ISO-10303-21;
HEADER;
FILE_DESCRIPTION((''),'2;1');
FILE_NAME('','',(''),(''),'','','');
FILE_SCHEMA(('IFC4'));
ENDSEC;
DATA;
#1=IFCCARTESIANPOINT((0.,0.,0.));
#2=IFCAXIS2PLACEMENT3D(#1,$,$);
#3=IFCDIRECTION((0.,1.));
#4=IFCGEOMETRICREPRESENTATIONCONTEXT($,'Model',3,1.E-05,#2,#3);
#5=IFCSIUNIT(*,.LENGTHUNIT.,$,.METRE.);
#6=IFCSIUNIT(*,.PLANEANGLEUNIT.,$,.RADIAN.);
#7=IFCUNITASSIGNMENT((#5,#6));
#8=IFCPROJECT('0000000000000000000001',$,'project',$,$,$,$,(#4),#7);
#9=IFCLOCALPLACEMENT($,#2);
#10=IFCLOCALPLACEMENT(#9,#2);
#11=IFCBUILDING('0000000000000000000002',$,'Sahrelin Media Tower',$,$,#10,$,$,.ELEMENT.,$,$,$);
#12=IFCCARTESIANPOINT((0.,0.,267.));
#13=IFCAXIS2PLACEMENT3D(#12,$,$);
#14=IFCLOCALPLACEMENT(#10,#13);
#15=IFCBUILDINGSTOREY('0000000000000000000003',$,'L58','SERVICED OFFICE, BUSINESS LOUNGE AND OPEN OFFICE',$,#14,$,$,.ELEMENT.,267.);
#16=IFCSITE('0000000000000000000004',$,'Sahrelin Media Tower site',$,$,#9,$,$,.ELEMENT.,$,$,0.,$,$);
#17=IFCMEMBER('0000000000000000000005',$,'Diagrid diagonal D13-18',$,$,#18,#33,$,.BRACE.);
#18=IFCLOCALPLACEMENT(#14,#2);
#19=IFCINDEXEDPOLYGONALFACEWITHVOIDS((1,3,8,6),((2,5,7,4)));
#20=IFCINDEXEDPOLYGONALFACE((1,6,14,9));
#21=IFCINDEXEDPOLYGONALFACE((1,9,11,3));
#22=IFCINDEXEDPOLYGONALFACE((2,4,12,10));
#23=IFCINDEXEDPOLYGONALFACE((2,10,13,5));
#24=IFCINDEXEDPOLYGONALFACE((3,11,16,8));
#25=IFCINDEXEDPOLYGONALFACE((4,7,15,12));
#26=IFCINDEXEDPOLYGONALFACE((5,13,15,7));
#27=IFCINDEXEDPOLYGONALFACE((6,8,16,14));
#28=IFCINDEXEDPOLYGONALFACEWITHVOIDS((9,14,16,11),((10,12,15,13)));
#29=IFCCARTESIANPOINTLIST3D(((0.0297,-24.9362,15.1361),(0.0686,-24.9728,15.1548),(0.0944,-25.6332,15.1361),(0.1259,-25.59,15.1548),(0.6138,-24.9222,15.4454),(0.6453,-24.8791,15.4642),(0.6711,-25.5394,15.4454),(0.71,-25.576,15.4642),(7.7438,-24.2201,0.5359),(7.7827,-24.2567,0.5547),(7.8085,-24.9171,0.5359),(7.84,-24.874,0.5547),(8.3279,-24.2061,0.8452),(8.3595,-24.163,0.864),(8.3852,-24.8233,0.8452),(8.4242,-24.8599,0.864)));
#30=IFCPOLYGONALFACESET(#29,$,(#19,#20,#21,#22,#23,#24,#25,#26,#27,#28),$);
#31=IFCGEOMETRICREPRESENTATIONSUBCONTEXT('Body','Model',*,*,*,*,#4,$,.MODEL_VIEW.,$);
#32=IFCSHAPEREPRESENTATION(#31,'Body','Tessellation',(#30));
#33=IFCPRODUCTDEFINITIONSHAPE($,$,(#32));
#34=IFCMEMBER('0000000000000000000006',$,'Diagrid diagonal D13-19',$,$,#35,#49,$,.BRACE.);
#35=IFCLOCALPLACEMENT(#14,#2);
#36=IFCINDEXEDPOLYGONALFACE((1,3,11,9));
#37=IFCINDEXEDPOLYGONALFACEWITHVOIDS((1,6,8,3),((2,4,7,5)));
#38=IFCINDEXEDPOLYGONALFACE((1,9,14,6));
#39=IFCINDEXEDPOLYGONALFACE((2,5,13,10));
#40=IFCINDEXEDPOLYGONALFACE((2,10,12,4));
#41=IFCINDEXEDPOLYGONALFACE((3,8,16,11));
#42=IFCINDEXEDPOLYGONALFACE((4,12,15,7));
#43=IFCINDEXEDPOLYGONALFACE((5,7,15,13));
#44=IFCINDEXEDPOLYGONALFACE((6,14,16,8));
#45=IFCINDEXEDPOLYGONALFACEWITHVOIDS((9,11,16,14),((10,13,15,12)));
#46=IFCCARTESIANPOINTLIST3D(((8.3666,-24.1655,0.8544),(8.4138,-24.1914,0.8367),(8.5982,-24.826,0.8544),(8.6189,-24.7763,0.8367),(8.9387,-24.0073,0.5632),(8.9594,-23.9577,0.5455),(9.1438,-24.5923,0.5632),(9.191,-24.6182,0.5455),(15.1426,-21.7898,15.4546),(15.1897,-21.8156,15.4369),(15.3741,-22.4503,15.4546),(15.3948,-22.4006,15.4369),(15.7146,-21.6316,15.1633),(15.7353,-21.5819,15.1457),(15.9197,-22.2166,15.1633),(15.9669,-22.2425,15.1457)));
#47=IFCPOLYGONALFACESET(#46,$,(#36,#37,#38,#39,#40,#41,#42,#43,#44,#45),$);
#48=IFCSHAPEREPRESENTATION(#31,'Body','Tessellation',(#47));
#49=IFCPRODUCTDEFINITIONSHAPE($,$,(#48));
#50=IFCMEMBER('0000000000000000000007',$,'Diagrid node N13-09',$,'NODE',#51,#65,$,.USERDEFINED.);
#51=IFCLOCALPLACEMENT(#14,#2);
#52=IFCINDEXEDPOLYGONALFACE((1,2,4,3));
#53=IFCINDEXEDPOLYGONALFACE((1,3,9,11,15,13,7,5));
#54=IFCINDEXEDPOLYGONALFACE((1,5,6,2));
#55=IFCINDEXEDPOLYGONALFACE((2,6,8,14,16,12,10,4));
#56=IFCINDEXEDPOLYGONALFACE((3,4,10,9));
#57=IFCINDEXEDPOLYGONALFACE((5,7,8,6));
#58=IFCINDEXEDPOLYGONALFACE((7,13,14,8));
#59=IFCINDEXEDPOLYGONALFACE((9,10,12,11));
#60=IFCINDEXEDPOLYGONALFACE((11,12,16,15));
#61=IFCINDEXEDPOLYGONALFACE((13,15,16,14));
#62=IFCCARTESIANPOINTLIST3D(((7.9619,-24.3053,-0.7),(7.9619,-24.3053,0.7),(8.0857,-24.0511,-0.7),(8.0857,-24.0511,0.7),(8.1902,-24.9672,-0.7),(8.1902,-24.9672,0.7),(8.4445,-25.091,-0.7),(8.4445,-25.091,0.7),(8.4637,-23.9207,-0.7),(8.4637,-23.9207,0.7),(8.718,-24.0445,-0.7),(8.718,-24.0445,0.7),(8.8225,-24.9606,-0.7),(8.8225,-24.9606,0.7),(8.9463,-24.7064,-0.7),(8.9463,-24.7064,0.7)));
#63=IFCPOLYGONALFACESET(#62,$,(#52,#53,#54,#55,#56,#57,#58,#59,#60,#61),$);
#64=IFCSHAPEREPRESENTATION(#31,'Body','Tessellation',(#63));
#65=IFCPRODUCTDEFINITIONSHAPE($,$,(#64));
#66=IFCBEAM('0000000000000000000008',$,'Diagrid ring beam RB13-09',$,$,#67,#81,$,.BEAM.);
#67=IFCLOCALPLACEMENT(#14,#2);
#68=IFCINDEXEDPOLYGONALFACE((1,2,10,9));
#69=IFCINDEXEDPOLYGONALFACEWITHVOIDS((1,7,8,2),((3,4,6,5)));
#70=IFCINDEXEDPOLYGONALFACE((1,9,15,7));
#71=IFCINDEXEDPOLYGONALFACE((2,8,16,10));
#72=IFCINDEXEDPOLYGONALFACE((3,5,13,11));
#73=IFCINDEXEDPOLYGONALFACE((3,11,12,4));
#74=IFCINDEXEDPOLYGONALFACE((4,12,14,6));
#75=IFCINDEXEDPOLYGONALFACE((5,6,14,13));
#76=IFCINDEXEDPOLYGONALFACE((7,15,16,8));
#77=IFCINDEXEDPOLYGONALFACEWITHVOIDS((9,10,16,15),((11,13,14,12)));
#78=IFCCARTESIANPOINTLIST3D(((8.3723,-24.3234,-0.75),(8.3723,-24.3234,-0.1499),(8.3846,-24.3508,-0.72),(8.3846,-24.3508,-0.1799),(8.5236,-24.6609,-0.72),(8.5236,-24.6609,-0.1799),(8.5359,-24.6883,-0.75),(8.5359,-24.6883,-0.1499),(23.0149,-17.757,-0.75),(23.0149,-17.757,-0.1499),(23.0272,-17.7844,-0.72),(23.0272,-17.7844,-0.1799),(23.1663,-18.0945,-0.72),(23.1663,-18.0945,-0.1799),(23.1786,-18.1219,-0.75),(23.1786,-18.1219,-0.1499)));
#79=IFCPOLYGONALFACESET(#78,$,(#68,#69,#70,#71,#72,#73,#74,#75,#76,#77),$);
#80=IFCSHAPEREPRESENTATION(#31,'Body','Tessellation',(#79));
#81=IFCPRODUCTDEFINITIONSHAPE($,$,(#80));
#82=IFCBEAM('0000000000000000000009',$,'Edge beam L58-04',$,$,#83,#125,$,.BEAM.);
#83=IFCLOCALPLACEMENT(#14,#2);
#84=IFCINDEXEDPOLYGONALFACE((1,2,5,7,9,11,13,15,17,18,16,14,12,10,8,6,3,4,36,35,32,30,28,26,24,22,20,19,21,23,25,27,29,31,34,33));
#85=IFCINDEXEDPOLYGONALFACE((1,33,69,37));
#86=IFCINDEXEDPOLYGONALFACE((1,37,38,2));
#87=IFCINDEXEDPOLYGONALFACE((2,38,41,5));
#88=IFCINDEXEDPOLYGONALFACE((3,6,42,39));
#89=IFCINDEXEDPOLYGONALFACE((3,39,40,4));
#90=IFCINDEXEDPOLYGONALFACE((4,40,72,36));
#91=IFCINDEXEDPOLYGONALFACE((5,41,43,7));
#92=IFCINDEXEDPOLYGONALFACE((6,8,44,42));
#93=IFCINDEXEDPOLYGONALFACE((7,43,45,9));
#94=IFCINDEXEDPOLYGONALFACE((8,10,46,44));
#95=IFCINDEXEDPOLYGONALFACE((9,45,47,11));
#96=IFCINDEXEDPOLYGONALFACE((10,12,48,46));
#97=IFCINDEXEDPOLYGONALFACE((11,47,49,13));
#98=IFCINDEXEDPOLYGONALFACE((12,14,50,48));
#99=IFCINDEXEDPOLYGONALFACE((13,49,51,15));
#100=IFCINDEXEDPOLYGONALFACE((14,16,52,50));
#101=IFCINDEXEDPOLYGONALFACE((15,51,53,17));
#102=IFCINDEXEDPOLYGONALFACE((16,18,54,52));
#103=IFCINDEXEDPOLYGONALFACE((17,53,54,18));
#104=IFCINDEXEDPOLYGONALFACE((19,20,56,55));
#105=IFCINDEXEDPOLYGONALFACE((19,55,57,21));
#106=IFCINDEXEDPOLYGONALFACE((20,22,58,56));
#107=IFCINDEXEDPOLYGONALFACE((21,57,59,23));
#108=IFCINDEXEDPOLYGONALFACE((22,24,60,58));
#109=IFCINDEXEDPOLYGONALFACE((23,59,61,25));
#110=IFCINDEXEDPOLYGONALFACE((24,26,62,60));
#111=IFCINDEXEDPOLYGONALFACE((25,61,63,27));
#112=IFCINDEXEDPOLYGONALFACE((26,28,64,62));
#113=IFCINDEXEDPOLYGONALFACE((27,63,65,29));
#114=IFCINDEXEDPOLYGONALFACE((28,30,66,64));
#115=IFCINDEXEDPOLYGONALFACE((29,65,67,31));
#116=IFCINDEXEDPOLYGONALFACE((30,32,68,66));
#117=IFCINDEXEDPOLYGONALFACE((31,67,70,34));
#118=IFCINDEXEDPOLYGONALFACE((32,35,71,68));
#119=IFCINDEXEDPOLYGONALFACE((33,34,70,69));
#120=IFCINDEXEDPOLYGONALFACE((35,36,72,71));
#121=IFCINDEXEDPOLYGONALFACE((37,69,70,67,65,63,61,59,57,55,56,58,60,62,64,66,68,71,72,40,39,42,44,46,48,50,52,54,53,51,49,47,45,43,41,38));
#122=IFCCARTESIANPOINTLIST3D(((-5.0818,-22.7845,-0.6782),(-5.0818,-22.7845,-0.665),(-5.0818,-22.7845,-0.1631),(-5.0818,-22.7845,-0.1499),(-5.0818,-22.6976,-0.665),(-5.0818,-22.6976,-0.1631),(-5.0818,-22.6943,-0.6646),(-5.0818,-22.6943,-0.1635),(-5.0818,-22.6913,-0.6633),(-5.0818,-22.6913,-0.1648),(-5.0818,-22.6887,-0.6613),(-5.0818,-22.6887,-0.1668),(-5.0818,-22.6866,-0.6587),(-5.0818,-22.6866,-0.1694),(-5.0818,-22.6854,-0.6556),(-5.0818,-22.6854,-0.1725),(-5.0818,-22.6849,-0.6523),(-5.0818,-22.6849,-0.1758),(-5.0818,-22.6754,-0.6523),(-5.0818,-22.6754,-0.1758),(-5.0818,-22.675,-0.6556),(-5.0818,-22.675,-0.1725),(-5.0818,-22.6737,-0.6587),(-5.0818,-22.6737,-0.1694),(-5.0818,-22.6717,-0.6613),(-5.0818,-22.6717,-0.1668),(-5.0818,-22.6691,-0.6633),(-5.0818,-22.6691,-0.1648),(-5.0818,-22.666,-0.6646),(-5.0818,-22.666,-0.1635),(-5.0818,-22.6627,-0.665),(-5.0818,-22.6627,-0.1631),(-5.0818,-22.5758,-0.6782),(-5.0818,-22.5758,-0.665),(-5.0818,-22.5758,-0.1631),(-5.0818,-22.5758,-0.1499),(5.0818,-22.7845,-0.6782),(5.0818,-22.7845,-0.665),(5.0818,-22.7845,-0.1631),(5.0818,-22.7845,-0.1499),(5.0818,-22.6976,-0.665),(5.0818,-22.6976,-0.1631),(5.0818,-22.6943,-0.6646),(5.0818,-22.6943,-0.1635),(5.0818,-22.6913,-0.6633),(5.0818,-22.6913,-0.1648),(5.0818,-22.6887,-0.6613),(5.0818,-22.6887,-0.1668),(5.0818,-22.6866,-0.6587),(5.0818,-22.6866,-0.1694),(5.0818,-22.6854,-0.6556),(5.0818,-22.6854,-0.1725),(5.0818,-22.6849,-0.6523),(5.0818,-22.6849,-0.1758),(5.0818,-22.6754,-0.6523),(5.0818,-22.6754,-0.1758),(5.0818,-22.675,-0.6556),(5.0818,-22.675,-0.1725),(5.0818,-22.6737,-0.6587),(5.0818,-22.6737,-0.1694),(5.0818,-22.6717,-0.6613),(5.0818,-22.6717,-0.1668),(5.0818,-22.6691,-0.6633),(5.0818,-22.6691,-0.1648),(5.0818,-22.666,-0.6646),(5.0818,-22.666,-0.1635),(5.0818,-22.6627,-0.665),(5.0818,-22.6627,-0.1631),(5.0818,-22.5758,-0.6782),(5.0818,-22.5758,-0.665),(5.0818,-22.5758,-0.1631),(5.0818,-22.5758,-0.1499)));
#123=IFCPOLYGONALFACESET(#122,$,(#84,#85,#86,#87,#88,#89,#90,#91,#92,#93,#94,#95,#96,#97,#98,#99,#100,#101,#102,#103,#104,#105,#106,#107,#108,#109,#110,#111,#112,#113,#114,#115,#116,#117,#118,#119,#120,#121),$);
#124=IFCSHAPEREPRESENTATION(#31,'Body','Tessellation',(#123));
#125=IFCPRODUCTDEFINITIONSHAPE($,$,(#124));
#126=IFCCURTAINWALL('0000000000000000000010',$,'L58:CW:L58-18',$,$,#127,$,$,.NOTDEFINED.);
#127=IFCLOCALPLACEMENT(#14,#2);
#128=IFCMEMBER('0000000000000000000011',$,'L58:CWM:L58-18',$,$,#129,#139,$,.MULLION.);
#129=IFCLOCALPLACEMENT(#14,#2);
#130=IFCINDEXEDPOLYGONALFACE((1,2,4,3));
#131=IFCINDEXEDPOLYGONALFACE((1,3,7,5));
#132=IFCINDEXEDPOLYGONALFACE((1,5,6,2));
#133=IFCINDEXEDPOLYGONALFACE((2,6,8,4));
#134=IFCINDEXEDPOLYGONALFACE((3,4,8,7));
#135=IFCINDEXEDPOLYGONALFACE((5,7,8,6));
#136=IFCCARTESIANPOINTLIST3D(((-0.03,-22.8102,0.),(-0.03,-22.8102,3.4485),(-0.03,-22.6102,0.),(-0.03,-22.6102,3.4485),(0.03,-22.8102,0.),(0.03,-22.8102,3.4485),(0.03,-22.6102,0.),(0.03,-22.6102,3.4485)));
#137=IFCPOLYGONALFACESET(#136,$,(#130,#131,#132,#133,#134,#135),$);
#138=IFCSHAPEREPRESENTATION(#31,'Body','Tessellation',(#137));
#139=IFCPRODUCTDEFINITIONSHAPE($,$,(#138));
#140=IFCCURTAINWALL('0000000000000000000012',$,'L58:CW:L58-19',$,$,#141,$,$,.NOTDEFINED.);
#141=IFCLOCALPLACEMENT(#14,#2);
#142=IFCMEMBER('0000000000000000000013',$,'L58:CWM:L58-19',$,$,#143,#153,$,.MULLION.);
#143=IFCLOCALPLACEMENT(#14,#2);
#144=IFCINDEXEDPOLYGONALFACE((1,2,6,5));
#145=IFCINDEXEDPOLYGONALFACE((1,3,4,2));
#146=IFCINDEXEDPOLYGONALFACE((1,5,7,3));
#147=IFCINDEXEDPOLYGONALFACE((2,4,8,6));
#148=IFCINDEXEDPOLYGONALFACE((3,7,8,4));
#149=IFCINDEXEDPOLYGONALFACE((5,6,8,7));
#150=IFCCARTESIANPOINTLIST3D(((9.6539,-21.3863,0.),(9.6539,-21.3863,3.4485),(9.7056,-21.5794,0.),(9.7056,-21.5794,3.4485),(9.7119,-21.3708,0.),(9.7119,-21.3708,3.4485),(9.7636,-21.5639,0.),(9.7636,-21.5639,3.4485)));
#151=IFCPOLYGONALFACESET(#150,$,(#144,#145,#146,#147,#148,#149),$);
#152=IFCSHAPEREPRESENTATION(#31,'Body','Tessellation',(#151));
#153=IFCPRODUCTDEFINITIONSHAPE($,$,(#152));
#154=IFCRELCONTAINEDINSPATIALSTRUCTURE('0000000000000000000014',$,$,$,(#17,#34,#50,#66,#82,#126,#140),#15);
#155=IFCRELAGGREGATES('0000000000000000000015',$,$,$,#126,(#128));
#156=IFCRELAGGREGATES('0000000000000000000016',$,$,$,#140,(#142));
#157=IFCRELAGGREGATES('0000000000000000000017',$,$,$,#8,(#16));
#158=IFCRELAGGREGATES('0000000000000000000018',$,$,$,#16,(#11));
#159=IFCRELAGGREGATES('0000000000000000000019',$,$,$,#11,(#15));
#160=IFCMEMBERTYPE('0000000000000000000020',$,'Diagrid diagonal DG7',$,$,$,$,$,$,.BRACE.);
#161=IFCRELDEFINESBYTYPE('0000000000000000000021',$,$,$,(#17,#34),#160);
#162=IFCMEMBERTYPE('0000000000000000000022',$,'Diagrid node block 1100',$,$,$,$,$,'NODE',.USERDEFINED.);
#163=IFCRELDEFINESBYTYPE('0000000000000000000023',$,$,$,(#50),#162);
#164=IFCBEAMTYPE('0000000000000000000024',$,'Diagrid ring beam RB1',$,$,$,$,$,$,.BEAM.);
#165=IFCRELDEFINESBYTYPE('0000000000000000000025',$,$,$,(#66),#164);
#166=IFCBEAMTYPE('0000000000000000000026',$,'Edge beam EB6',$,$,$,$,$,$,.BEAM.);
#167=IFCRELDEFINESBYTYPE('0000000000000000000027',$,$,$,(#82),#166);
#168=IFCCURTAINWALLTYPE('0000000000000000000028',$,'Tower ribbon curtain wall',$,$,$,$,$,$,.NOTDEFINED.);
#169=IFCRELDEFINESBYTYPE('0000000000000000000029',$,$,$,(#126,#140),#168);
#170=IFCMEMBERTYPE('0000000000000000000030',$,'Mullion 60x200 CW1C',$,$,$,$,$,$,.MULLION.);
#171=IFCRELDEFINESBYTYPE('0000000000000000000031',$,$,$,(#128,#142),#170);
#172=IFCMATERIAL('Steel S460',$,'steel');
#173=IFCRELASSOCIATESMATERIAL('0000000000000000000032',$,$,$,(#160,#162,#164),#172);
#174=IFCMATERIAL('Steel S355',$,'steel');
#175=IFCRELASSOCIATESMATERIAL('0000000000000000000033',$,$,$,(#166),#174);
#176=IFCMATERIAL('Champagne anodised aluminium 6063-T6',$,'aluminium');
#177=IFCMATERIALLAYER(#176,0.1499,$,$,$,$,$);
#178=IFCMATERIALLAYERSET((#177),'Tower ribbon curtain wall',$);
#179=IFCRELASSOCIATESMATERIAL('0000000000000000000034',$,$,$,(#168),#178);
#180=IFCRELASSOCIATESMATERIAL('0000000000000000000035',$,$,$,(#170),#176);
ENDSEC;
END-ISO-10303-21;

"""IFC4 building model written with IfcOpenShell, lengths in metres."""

from ifc_helpers import new_model, si_unit, direction, frame, origin, origin_2d, place, context, subcontext, project, spatial, polyline, rectangle, hollow_rectangle, i_section, outline, extrude, material, layer, layer_set, material_profile, profile_set, type_object, element, aggregate, save


model = new_model("IFC4")

# Units and contexts
model_context = context("Model", 3, precision=1e-05, world=origin(), true_north=direction((0.0, 1.0)))
body_context = subcontext(model_context, "Body", "Model", "MODEL_VIEW")
ifc_project = project(units=[si_unit("LENGTHUNIT", "METRE"), si_unit("PLANEANGLEUNIT", "RADIAN")], contexts=[model_context])

# Site, building, storey
site_placement = place(None, origin())
site = spatial("IfcSite", under=ifc_project, at=site_placement, Name="Sahrelin Media Tower site", CompositionType="ELEMENT", RefElevation=0.0)
building_placement = place(site_placement, origin())
building = spatial("IfcBuilding", under=site, at=building_placement, Name="Sahrelin Media Tower", CompositionType="ELEMENT")
storey_placement = place(building_placement, frame((0.0, 0.0, 267.0)))
storey = spatial("IfcBuildingStorey", under=building, at=storey_placement, Name="L58", Description="SERVICED OFFICE, BUSINESS LOUNGE AND OPEN OFFICE", CompositionType="ELEMENT", Elevation=267.0)

# Members
ifc_material_1 = material(Name="Steel S460", Category="steel")
ifc_material_profile_1 = material_profile(ifc_material_1, hollow_rectangle(XDim=0.7, YDim=0.7, WallThickness=0.04, at=origin_2d()), Name="Diagrid diagonal DG7")
ifc_profile_set_1 = profile_set([ifc_material_profile_1], Name="Steel S460")
member_type_1 = type_object("IfcMemberType", Name="Diagrid diagonal DG7", PredefinedType="BRACE", material=ifc_profile_set_1)
member_1_placement = place(storey_placement, frame((8.084, -24.54, 0.7), z_axis=(-0.466723, -0.043324, 0.883342), x_axis=(0.092428, -0.995719, 0.0)))
element("IfcMember", 1, at=member_1_placement, inside=storey, type_object=member_type_1, Name="Diagrid diagonal D13-18", PredefinedType="BRACE", context=body_context, shape_type="SweptSolid", body=[
    extrude(hollow_rectangle(XDim=0.7, YDim=0.7, WallThickness=0.04, at=origin_2d()), origin(), (0.0, 0.0, 1.0), 16.5283),
])
member_2_placement = place(storey_placement, frame((8.7788, -24.3918, 0.7), z_axis=(0.416459, 0.146017, 0.897352), x_axis=(-0.330868, 0.943677, 0.0)))
element("IfcMember", 2, at=member_2_placement, inside=storey, type_object=member_type_1, Name="Diagrid diagonal D13-19", PredefinedType="BRACE", context=body_context, shape_type="SweptSolid", body=[
    extrude(hollow_rectangle(XDim=0.7, YDim=0.7, WallThickness=0.04, at=origin_2d()), origin(), (0.0, 0.0, 1.0), 16.2703),
])
ifc_material_profile_2 = material_profile(ifc_material_1, outline(polyline([(0.3501, -0.3999), (0.55, -0.2), (0.55, 0.2), (0.3501, 0.3999), (-0.3501, 0.3999), (-0.55, 0.2), (-0.55, -0.2), (-0.3501, -0.3999), (0.3501, -0.3999)])), Name="Diagrid node block 1100")
ifc_profile_set_2 = profile_set([ifc_material_profile_2], Name="Steel S460")
member_type_2 = type_object("IfcMemberType", Name="Diagrid node block 1100", ElementType="NODE", PredefinedType="USERDEFINED", material=ifc_profile_set_2)
member_3_placement = place(storey_placement, frame((8.4541, -24.5059, -0.7), z_axis=(0.0, 0.0, 1.0), x_axis=(0.326119, -0.945329, 0.0)))
element("IfcMember", 3, at=member_3_placement, inside=storey, type_object=member_type_2, Name="Diagrid node N13-09", ObjectType="NODE", PredefinedType="USERDEFINED", context=body_context, shape_type="SweptSolid", body=[
    extrude(outline(polyline([(0.3501, -0.3999), (0.55, -0.2), (0.55, 0.2), (0.3501, 0.3999), (-0.3501, 0.3999), (-0.55, 0.2), (-0.55, -0.2), (-0.3501, -0.3999), (0.3501, -0.3999)])), origin(), (0.0, 0.0, 1.0), 1.3999),
])

# Beams
ifc_material_profile_3 = material_profile(ifc_material_1, hollow_rectangle(XDim=0.3999, YDim=0.6001, WallThickness=0.03, at=origin_2d()), Name="Diagrid ring beam RB1")
ifc_profile_set_3 = profile_set([ifc_material_profile_3], Name="Steel S460")
beam_type_1 = type_object("IfcBeamType", Name="Diagrid ring beam RB1", PredefinedType="BEAM", material=ifc_profile_set_3)
beam_1_placement = place(storey_placement, frame((8.4541, -24.5059, -0.45), z_axis=(0.912451, 0.409185, 0.0), x_axis=(-0.409185, 0.912451, 0.0)))
element("IfcBeam", 4, at=beam_1_placement, inside=storey, type_object=beam_type_1, Name="Diagrid ring beam RB13-09", PredefinedType="BEAM", context=body_context, shape_type="SweptSolid", body=[
    extrude(hollow_rectangle(XDim=0.3999, YDim=0.6001, WallThickness=0.03, at=origin_2d()), origin(), (0.0, 0.0, 1.0), 16.0476),
])
ifc_material_2 = material(Name="Steel S355", Category="steel")
ifc_material_profile_4 = material_profile(ifc_material_2, i_section(OverallWidth=0.2087, OverallDepth=0.5283, WebThickness=0.0095, FlangeThickness=0.0132, FilletRadius=0.0127, at=origin_2d()), Name="UB 533x210x82")
ifc_profile_set_4 = profile_set([ifc_material_profile_4], Name="Steel S355")
beam_type_2 = type_object("IfcBeamType", Name="Edge beam EB6", PredefinedType="BEAM", material=ifc_profile_set_4)
beam_2_placement = place(storey_placement, frame((5.0818, -22.6802, -0.4141), z_axis=(-1.0, 0.0, 0.0), x_axis=(0.0, -1.0, 0.0)))
element("IfcBeam", 5, at=beam_2_placement, inside=storey, type_object=beam_type_2, Name="Edge beam L58-04", PredefinedType="BEAM", context=body_context, shape_type="SweptSolid", body=[
    extrude(i_section(OverallWidth=0.2087, OverallDepth=0.5283, WebThickness=0.0095, FlangeThickness=0.0132, FilletRadius=0.0127, at=origin_2d()), origin(), (0.0, 0.0, 1.0), 10.1636),
])

# Curtain walls, members
ifc_material_3 = material(Name="Champagne anodised aluminium 6063-T6", Category="aluminium")
ifc_layer_1 = layer(ifc_material_3, 0.1499)
ifc_layer_set_1 = layer_set([ifc_layer_1], Name="Tower ribbon curtain wall")
curtain_wall_type = type_object("IfcCurtainWallType", Name="Tower ribbon curtain wall", PredefinedType="NOTDEFINED", material=ifc_layer_set_1)
curtain_wall_1_placement = place(storey_placement, frame((0.0, -22.8301, 0.0), z_axis=(0.0, 0.0, 1.0), x_axis=(1.0, 0.0, 0.0)))
curtain_wall_1 = element("IfcCurtainWall", 6, at=curtain_wall_1_placement, inside=storey, type_object=curtain_wall_type, Name="L58:CW:L58-18", PredefinedType="NOTDEFINED")
ifc_material_profile_5 = material_profile(ifc_material_3, rectangle(XDim=0.0601, YDim=0.2, at=origin_2d()), Name="Mullion 60x200")
ifc_profile_set_5 = profile_set([ifc_material_profile_5], Name="Champagne anodised aluminium 6063-T6")
member_type_3 = type_object("IfcMemberType", Name="Mullion 60x200 CW1C", PredefinedType="MULLION", material=ifc_profile_set_5)
member_4_placement = place(storey_placement, frame((0.0, -22.7102, 0.0), z_axis=(0.0, 0.0, 1.0), x_axis=(1.0, 0.0, 0.0)))
member_4 = element("IfcMember", 7, at=member_4_placement, type_object=member_type_3, Name="L58:CWM:L58-18", PredefinedType="MULLION", context=body_context, shape_type="SweptSolid", body=[
    extrude(rectangle(XDim=0.0601, YDim=0.2, at=origin_2d()), origin(), (0.0, 0.0, 1.0), 3.4485),
])
aggregate(curtain_wall_1, [member_4])
curtain_wall_2_placement = place(storey_placement, frame((9.7397, -21.5911, 0.0), z_axis=(0.0, 0.0, 1.0), x_axis=(1.0, 0.0, 0.0)))
curtain_wall_2 = element("IfcCurtainWall", 8, at=curtain_wall_2_placement, inside=storey, type_object=curtain_wall_type, Name="L58:CW:L58-19", PredefinedType="NOTDEFINED")
member_5_placement = place(storey_placement, frame((9.7087, -21.4751, 0.0), z_axis=(0.0, 0.0, 1.0), x_axis=(0.965925, 0.258822, 0.0)))
member_5 = element("IfcMember", 9, at=member_5_placement, type_object=member_type_3, Name="L58:CWM:L58-19", PredefinedType="MULLION", context=body_context, shape_type="SweptSolid", body=[
    extrude(rectangle(XDim=0.0601, YDim=0.2, at=origin_2d()), origin(), (0.0, 0.0, 1.0), 3.4485),
])

aggregate(curtain_wall_2, [member_5])

save(model, "model.ifc")
